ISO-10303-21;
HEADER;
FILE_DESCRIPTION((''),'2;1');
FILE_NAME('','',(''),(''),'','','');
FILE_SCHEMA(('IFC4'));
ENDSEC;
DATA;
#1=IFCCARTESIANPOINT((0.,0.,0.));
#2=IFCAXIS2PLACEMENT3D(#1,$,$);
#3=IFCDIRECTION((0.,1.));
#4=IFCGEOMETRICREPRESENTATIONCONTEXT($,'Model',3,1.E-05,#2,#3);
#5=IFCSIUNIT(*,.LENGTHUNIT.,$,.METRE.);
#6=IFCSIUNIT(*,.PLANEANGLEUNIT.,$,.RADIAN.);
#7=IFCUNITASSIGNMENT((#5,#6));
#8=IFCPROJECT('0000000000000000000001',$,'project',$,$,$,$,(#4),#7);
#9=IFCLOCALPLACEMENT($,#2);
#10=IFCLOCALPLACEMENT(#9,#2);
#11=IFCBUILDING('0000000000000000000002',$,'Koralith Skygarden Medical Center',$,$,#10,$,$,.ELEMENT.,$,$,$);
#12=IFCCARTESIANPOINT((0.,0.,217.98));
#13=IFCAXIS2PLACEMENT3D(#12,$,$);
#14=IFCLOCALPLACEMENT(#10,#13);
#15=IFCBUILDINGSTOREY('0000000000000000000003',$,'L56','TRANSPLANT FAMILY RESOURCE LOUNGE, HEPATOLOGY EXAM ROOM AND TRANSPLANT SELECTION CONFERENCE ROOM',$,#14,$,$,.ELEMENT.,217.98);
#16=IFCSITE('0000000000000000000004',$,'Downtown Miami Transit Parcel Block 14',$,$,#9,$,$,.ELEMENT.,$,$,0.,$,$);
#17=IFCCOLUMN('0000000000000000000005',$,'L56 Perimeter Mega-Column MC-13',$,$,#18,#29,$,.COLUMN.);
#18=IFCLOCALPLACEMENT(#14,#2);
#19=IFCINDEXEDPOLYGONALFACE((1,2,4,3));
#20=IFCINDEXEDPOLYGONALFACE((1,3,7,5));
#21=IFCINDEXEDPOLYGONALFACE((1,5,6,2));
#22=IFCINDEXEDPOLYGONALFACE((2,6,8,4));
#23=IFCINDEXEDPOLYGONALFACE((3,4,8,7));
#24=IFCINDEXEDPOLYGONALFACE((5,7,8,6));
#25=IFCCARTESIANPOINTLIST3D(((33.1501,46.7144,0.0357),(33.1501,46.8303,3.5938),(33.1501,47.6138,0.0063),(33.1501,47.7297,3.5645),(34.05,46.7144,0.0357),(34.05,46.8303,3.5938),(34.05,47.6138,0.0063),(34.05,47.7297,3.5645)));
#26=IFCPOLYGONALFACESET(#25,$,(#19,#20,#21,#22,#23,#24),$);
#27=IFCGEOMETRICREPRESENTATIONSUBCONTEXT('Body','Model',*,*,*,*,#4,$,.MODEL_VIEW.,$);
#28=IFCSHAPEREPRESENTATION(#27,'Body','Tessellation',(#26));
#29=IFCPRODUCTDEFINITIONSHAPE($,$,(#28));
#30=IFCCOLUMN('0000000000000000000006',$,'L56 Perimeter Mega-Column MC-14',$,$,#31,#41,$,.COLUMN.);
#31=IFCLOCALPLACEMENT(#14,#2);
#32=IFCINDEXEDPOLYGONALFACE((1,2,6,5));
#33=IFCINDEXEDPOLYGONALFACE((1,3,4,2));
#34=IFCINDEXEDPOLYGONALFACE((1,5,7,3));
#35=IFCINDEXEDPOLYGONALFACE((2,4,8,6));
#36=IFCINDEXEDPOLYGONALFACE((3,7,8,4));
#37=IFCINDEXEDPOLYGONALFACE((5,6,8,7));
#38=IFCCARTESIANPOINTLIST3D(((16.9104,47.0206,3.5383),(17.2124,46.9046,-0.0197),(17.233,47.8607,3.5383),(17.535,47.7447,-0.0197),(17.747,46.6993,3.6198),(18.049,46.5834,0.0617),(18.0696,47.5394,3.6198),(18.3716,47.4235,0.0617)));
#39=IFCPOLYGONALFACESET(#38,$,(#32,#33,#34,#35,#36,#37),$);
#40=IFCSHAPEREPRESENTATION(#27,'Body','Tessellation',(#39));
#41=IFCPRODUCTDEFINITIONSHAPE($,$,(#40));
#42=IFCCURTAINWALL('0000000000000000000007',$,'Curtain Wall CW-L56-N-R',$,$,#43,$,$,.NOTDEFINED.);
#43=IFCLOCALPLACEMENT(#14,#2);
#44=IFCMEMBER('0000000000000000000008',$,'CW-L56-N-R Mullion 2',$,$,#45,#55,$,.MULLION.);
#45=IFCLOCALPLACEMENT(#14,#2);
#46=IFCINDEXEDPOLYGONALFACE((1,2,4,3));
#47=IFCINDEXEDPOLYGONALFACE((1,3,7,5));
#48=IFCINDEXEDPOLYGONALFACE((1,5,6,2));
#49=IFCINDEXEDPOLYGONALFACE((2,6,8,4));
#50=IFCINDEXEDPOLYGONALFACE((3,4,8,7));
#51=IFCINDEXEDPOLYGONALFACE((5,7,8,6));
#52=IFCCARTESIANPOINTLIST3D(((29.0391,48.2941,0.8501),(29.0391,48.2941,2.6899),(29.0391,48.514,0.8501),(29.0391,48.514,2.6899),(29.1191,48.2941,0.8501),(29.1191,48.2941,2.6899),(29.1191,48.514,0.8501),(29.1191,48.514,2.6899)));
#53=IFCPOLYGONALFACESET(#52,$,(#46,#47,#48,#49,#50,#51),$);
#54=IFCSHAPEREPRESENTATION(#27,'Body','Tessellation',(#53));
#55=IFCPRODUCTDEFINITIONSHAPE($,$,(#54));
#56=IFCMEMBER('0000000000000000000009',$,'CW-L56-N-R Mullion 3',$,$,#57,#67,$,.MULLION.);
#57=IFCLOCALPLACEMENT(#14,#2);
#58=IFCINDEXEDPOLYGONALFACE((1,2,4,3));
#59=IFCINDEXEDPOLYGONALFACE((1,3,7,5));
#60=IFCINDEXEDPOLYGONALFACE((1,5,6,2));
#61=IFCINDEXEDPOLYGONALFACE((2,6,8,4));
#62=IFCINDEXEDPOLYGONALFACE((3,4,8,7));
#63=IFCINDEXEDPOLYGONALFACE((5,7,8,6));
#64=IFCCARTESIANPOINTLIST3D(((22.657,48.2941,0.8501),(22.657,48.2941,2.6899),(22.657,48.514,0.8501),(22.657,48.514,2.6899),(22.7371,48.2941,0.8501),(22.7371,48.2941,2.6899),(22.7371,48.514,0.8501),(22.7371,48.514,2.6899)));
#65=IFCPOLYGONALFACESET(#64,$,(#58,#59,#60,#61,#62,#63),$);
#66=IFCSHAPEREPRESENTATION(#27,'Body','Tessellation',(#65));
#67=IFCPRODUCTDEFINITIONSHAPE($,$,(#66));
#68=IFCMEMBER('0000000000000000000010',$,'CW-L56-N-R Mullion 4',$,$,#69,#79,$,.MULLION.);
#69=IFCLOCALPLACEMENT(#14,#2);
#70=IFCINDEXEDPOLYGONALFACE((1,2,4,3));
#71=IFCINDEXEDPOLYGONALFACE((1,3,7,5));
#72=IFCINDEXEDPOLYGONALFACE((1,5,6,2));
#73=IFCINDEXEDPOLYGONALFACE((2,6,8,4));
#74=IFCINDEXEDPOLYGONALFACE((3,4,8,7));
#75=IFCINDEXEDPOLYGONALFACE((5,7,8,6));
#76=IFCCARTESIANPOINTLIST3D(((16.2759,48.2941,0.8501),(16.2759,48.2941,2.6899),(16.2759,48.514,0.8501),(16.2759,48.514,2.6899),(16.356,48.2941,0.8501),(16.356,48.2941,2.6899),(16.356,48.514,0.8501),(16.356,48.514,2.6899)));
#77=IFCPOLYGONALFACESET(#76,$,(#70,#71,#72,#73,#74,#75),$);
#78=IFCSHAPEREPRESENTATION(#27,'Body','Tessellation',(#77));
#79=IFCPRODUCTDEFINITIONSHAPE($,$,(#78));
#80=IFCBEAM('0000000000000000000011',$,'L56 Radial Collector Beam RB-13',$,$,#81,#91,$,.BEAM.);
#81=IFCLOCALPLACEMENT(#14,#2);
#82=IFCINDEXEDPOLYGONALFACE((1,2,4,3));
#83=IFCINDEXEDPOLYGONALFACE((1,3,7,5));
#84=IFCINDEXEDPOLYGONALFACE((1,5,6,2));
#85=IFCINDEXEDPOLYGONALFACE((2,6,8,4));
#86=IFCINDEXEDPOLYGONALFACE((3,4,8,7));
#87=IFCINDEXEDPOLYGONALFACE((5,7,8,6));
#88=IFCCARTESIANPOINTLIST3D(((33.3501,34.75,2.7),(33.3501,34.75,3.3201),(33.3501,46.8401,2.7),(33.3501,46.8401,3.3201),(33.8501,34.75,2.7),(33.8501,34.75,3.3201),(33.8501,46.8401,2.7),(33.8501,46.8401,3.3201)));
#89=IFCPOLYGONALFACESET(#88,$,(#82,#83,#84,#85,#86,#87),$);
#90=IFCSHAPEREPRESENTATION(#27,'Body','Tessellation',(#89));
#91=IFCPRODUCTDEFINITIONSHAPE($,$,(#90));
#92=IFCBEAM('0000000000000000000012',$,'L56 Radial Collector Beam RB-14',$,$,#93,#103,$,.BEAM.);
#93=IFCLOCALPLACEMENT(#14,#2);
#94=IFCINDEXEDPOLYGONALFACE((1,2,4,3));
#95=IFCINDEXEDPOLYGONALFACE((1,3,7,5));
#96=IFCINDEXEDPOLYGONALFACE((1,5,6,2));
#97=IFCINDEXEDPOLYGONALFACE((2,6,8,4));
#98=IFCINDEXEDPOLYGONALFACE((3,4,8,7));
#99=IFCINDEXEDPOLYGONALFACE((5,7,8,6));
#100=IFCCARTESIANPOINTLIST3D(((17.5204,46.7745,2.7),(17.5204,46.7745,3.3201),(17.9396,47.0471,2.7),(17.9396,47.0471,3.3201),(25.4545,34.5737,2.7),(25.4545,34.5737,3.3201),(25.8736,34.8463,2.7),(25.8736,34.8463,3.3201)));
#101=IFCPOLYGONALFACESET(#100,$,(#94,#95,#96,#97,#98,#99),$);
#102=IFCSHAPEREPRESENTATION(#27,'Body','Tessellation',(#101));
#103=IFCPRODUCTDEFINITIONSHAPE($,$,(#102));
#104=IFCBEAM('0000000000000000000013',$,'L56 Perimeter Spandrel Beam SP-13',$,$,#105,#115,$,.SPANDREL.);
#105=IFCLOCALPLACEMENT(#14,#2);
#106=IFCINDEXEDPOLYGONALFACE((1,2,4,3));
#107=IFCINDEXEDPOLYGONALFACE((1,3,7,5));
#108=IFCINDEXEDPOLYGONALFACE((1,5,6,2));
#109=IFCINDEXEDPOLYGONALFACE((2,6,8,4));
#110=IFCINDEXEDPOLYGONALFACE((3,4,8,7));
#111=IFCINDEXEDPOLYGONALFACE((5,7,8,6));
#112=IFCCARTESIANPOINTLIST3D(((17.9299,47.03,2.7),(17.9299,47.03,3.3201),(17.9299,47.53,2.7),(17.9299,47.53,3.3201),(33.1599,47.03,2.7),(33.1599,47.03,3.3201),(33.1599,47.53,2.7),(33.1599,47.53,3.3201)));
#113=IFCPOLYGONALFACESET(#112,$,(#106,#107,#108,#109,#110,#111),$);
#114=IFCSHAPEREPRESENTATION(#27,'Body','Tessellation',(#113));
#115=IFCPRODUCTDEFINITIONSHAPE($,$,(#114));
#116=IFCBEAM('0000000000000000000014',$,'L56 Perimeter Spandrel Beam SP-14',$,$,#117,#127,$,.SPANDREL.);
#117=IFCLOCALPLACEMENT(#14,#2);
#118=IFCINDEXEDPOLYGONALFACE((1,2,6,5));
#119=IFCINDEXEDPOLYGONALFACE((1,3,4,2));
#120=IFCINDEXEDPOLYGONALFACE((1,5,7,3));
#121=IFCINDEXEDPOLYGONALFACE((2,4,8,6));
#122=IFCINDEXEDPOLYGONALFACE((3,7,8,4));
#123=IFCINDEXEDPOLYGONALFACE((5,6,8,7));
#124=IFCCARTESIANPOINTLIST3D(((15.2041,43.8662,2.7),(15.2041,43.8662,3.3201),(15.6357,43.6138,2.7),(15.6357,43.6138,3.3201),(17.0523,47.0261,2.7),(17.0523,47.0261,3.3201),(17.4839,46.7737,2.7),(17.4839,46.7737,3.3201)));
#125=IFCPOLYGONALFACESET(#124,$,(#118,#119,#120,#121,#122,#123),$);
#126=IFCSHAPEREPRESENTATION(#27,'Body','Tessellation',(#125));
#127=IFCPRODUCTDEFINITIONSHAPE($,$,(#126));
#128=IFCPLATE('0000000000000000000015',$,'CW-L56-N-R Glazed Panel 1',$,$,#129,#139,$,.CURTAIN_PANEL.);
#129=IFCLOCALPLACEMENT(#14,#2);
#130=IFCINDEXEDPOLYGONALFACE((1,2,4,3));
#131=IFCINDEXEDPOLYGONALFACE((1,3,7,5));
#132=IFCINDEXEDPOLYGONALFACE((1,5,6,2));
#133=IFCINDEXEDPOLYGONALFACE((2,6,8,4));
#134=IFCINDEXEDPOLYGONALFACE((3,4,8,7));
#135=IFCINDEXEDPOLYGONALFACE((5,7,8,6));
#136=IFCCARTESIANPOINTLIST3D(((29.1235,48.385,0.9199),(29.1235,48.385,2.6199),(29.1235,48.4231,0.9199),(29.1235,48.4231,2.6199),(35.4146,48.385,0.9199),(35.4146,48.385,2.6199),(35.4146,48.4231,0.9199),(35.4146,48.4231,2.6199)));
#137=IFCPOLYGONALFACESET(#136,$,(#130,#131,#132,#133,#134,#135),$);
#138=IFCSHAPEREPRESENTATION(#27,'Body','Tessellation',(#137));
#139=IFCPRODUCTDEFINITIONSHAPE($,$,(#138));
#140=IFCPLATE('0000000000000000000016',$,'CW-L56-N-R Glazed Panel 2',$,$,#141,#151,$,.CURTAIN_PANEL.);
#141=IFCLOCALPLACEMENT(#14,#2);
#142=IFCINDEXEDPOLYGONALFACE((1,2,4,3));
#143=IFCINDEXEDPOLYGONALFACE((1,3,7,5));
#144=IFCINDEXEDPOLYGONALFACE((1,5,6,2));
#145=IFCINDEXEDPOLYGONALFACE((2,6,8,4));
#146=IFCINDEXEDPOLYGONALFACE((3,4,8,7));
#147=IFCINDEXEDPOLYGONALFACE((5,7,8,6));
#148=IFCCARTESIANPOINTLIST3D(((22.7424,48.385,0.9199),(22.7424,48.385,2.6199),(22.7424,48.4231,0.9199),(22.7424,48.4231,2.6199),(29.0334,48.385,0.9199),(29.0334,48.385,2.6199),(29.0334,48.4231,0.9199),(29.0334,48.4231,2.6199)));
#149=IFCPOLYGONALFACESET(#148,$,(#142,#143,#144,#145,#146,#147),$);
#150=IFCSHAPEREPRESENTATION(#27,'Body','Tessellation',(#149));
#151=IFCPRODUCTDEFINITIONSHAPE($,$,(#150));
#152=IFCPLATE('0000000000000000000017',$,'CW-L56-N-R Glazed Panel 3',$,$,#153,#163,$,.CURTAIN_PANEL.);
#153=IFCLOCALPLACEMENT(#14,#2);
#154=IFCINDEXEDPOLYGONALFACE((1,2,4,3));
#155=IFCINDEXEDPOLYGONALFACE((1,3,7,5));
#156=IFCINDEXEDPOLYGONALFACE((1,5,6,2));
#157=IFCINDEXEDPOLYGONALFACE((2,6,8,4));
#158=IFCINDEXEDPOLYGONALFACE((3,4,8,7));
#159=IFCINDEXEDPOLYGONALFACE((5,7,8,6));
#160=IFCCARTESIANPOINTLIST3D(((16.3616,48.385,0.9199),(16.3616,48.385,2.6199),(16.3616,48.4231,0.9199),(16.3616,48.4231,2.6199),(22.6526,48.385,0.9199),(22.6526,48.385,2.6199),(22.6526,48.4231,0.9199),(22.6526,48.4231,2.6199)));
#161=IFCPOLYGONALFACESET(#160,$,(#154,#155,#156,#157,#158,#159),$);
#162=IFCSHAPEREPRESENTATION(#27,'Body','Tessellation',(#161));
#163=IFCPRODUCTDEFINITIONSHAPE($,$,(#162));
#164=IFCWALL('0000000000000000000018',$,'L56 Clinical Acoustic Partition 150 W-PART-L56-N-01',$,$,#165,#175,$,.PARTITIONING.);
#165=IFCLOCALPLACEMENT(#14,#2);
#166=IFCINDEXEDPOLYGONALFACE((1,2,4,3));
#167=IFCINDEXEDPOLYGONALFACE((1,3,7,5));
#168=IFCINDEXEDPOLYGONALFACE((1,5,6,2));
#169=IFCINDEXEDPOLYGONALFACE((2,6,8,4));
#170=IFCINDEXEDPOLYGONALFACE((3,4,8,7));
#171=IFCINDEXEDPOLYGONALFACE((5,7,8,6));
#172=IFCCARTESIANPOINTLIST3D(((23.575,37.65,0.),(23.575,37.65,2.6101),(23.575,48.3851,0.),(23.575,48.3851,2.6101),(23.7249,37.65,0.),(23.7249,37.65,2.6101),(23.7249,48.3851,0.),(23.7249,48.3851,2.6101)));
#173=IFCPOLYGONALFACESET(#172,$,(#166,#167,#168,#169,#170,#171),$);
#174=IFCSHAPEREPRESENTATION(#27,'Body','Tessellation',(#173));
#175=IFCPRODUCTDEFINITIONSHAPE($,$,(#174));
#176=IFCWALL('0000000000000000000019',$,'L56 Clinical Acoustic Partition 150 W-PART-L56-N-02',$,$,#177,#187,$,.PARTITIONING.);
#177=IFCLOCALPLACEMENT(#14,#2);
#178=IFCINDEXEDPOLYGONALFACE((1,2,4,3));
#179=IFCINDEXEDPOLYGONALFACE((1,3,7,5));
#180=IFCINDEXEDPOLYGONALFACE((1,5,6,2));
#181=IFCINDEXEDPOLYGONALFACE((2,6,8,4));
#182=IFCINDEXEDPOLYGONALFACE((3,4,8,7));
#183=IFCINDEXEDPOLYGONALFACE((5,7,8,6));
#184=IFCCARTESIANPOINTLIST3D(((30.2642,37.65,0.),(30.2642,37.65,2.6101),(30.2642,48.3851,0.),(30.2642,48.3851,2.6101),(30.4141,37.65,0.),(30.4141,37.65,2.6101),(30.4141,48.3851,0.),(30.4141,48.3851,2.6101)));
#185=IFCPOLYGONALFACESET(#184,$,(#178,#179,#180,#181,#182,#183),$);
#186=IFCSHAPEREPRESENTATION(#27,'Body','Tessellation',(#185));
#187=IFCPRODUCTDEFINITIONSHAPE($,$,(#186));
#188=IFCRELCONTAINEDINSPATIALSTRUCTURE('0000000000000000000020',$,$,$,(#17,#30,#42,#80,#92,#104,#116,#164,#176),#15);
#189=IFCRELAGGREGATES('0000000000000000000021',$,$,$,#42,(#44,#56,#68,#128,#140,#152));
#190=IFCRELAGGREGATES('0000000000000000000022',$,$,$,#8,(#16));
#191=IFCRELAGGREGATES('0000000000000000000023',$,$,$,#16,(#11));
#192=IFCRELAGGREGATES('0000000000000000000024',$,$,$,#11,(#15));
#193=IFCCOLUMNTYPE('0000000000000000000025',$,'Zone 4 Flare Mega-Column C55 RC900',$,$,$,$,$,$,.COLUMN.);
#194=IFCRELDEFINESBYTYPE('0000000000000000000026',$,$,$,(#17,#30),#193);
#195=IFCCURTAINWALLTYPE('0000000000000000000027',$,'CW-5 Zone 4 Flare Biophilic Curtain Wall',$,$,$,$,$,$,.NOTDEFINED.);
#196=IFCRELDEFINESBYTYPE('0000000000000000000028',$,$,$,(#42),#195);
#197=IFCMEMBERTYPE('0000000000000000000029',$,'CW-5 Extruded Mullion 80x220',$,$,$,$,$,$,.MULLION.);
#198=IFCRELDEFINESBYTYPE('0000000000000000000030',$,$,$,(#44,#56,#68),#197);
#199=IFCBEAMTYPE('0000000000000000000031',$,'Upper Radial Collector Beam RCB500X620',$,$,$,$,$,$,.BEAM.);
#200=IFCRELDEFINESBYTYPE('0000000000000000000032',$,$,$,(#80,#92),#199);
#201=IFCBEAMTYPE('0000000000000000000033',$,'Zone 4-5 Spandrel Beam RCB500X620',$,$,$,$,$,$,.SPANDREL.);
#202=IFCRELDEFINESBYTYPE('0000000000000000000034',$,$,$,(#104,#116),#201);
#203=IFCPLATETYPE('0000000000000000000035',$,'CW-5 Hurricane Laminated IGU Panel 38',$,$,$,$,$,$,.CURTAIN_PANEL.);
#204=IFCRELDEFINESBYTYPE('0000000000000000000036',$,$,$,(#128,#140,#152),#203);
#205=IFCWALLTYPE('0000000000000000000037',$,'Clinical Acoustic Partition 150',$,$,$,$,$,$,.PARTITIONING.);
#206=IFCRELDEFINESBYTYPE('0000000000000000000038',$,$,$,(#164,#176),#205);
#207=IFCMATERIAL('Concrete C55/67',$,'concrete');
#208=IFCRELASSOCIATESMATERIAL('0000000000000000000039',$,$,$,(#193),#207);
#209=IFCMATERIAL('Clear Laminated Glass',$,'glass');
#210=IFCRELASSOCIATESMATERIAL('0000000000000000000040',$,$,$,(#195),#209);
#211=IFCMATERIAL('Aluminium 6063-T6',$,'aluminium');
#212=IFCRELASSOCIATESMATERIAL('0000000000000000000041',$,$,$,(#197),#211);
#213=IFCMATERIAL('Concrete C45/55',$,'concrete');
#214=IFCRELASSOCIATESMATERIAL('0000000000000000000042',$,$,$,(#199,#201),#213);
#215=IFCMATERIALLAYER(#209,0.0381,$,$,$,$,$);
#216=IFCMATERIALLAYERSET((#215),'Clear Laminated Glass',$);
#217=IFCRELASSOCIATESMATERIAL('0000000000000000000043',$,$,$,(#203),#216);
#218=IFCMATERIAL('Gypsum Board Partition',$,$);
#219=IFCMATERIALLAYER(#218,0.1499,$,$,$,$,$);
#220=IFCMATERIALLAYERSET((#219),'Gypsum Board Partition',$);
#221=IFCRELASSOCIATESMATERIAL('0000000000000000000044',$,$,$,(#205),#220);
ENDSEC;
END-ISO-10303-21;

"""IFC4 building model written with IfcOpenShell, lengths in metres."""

from ifc_helpers import new_model, si_unit, direction, frame, frame_2d, origin, origin_2d, place, context, subcontext, project, spatial, rectangle, extrude, material, layer, layer_set, material_profile, profile_set, type_object, element, aggregate, save


model = new_model("IFC4")

# Units and contexts
model_context = context("Model", 3, precision=1e-05, world=origin(), true_north=direction((0.0, 1.0)))
body_context = subcontext(model_context, "Body", "Model", "MODEL_VIEW")
ifc_project = project(units=[si_unit("LENGTHUNIT", "METRE"), si_unit("PLANEANGLEUNIT", "RADIAN")], contexts=[model_context])

# Site, building, storey
site_placement = place(None, origin())
site = spatial("IfcSite", under=ifc_project, at=site_placement, Name="Downtown Miami Transit Parcel Block 14", CompositionType="ELEMENT", RefElevation=0.0)
building_placement = place(site_placement, origin())
building = spatial("IfcBuilding", under=site, at=building_placement, Name="Koralith Skygarden Medical Center", CompositionType="ELEMENT")
storey_placement = place(building_placement, frame((0.0, 0.0, 217.98)))
storey = spatial("IfcBuildingStorey", under=building, at=storey_placement, Name="L56", Description="TRANSPLANT FAMILY RESOURCE LOUNGE, HEPATOLOGY EXAM ROOM AND TRANSPLANT SELECTION CONFERENCE ROOM", CompositionType="ELEMENT", Elevation=217.98)

# Columns
ifc_material_1 = material(Name="Concrete C55/67", Category="concrete")
ifc_material_profile_1 = material_profile(ifc_material_1, rectangle(XDim=0.8999, YDim=0.8999, at=origin_2d()), Name="RC900X900")
ifc_profile_set_1 = profile_set([ifc_material_profile_1], Name="Concrete C55/67")
column_type = type_object("IfcColumnType", Name="Zone 4 Flare Mega-Column C55 RC900", PredefinedType="COLUMN", material=ifc_profile_set_1)
column_1_placement = place(storey_placement, frame((33.6001, 47.1641, 0.021), z_axis=(0.0, 0.032575, 0.999469), x_axis=(-1.0, 0.0, 0.0)))
element("IfcColumn", 1, at=column_1_placement, inside=storey, type_object=column_type, Name="L56 Perimeter Mega-Column MC-13", PredefinedType="COLUMN", context=body_context, shape_type="SweptSolid", body=[
    extrude(rectangle(XDim=0.8999, YDim=0.8999, at=origin_2d()), origin(), (0.0, 0.0, 1.0), 3.5601),
])
column_2_placement = place(storey_placement, frame((17.792, 47.1641, 0.021), z_axis=(-0.084529, 0.032458, 0.995892), x_axis=(-0.358473, -0.93354, 0.0)))
element("IfcColumn", 2, at=column_2_placement, inside=storey, type_object=column_type, Name="L56 Perimeter Mega-Column MC-14", PredefinedType="COLUMN", context=body_context, shape_type="SweptSolid", body=[
    extrude(rectangle(XDim=0.8999, YDim=0.8999, at=origin_2d()), origin(), (0.0, 0.0, 1.0), 3.5728),
])

# Curtain wall, members
ifc_material_2 = material(Name="Clear Laminated Glass", Category="glass")
curtain_wall_type = type_object("IfcCurtainWallType", Name="CW-5 Zone 4 Flare Biophilic Curtain Wall", PredefinedType="NOTDEFINED", material=ifc_material_2)
curtain_wall_placement = place(storey_placement, origin())
curtain_wall = element("IfcCurtainWall", 3, at=curtain_wall_placement, inside=storey, type_object=curtain_wall_type, Name="Curtain Wall CW-L56-N-R", PredefinedType="NOTDEFINED")
ifc_material_3 = material(Name="Aluminium 6063-T6", Category="aluminium")
ifc_material_profile_2 = material_profile(ifc_material_3, rectangle(XDim=0.0801, YDim=0.22, at=origin_2d()), Name="MUL80X220")
ifc_profile_set_2 = profile_set([ifc_material_profile_2], Name="Aluminium 6063-T6")
member_type = type_object("IfcMemberType", Name="CW-5 Extruded Mullion 80x220", PredefinedType="MULLION", material=ifc_profile_set_2)
member_1_placement = place(storey_placement, frame((29.0791, 48.4041, 0.8501), z_axis=(0.0, 0.0, 1.0), x_axis=(1.0, 0.0, 0.0)))
member_1 = element("IfcMember", 4, at=member_1_placement, type_object=member_type, Name="CW-L56-N-R Mullion 2", PredefinedType="MULLION", context=body_context, shape_type="SweptSolid", body=[
    extrude(rectangle(XDim=0.0801, YDim=0.22, at=origin_2d()), origin(), (0.0, 0.0, 1.0), 1.8398),
])
member_2_placement = place(storey_placement, frame((22.697, 48.4041, 0.8501), z_axis=(0.0, 0.0, 1.0), x_axis=(1.0, 0.0, 0.0)))
member_2 = element("IfcMember", 5, at=member_2_placement, type_object=member_type, Name="CW-L56-N-R Mullion 3", PredefinedType="MULLION", context=body_context, shape_type="SweptSolid", body=[
    extrude(rectangle(XDim=0.0801, YDim=0.22, at=origin_2d()), origin(), (0.0, 0.0, 1.0), 1.8398),
])
member_3_placement = place(storey_placement, frame((16.3159, 48.4041, 0.8501), z_axis=(0.0, 0.0, 1.0), x_axis=(1.0, 0.0, 0.0)))
member_3 = element("IfcMember", 6, at=member_3_placement, type_object=member_type, Name="CW-L56-N-R Mullion 4", PredefinedType="MULLION", context=body_context, shape_type="SweptSolid", body=[
    extrude(rectangle(XDim=0.0801, YDim=0.22, at=origin_2d()), origin(), (0.0, 0.0, 1.0), 1.8398),
])

# Beams
ifc_material_4 = material(Name="Concrete C45/55", Category="concrete")
ifc_material_profile_3 = material_profile(ifc_material_4, rectangle(XDim=0.5, YDim=0.6201, at=origin_2d()), Name="RCB500X620")
ifc_profile_set_3 = profile_set([ifc_material_profile_3], Name="Concrete C45/55")
beam_type_1 = type_object("IfcBeamType", Name="Upper Radial Collector Beam RCB500X620", PredefinedType="BEAM", material=ifc_profile_set_3)
beam_1_placement = place(storey_placement, frame((33.6001, 34.75, 3.01), z_axis=(0.0, 1.0, 0.0), x_axis=(-1.0, 0.0, 0.0)))
element("IfcBeam", 7, at=beam_1_placement, inside=storey, type_object=beam_type_1, Name="L56 Radial Collector Beam RB-13", PredefinedType="BEAM", context=body_context, shape_type="SweptSolid", body=[
    extrude(rectangle(XDim=0.5, YDim=0.6201, at=origin_2d()), origin(), (0.0, 0.0, 1.0), 12.0901),
])
beam_2_placement = place(storey_placement, frame((25.6641, 34.71, 3.01), z_axis=(-0.545156, 0.838334, 0.0), x_axis=(-0.838334, -0.545156, 0.0)))
element("IfcBeam", 8, at=beam_2_placement, inside=storey, type_object=beam_type_1, Name="L56 Radial Collector Beam RB-14", PredefinedType="BEAM", context=body_context, shape_type="SweptSolid", body=[
    extrude(rectangle(XDim=0.5, YDim=0.6201, at=origin_2d()), origin(), (0.0, 0.0, 1.0), 14.5537),
])
ifc_material_profile_4 = material_profile(ifc_material_4, rectangle(XDim=0.5, YDim=0.6201, at=origin_2d()), Name="RCB500X620")
ifc_profile_set_4 = profile_set([ifc_material_profile_4], Name="Concrete C45/55")
beam_type_2 = type_object("IfcBeamType", Name="Zone 4-5 Spandrel Beam RCB500X620", PredefinedType="SPANDREL", material=ifc_profile_set_4)
beam_3_placement = place(storey_placement, frame((33.1599, 47.28, 3.01), z_axis=(-1.0, 0.0, 0.0), x_axis=(0.0, -1.0, 0.0)))
element("IfcBeam", 9, at=beam_3_placement, inside=storey, type_object=beam_type_2, Name="L56 Perimeter Spandrel Beam SP-13", PredefinedType="SPANDREL", context=body_context, shape_type="SweptSolid", body=[
    extrude(rectangle(XDim=0.5, YDim=0.6201, at=origin_2d()), origin(), (0.0, 0.0, 1.0), 15.23),
])
beam_4_placement = place(storey_placement, frame((17.2681, 46.8999, 3.01), z_axis=(-0.504862, -0.8632, 0.0), x_axis=(0.8632, -0.504862, 0.0)))
element("IfcBeam", 10, at=beam_4_placement, inside=storey, type_object=beam_type_2, Name="L56 Perimeter Spandrel Beam SP-14", PredefinedType="SPANDREL", context=body_context, shape_type="SweptSolid", body=[
    extrude(rectangle(XDim=0.5, YDim=0.6201, at=origin_2d()), origin(), (0.0, 0.0, 1.0), 3.6606),
])

# Plates
ifc_layer_1 = layer(ifc_material_2, 0.0381)
ifc_layer_set_1 = layer_set([ifc_layer_1], Name="Clear Laminated Glass")
plate_type = type_object("IfcPlateType", Name="CW-5 Hurricane Laminated IGU Panel 38", PredefinedType="CURTAIN_PANEL", material=ifc_layer_set_1)
plate_1_placement = place(storey_placement, frame((32.269, 48.4041, 0.9199), z_axis=(0.0, 0.0, 1.0), x_axis=(-1.0, 0.0, 0.0)))
plate_1 = element("IfcPlate", 11, at=plate_1_placement, type_object=plate_type, Name="CW-L56-N-R Glazed Panel 1", PredefinedType="CURTAIN_PANEL", context=body_context, shape_type="SweptSolid", body=[
    extrude(rectangle(XDim=6.291, YDim=0.0381, at=origin_2d()), origin(), (0.0, 0.0, 1.0), 1.7),
])
plate_2_placement = place(storey_placement, frame((25.8879, 48.4041, 0.9199), z_axis=(0.0, 0.0, 1.0), x_axis=(-1.0, 0.0, 0.0)))
plate_2 = element("IfcPlate", 12, at=plate_2_placement, type_object=plate_type, Name="CW-L56-N-R Glazed Panel 2", PredefinedType="CURTAIN_PANEL", context=body_context, shape_type="SweptSolid", body=[
    extrude(rectangle(XDim=6.291, YDim=0.0381, at=origin_2d()), origin(), (0.0, 0.0, 1.0), 1.7),
])
plate_3_placement = place(storey_placement, frame((19.5071, 48.4041, 0.9199), z_axis=(0.0, 0.0, 1.0), x_axis=(-1.0, 0.0, 0.0)))
plate_3 = element("IfcPlate", 13, at=plate_3_placement, type_object=plate_type, Name="CW-L56-N-R Glazed Panel 3", PredefinedType="CURTAIN_PANEL", context=body_context, shape_type="SweptSolid", body=[
    extrude(rectangle(XDim=6.291, YDim=0.0381, at=origin_2d()), origin(), (0.0, 0.0, 1.0), 1.7),
])
aggregate(curtain_wall, [member_1, member_2, member_3, plate_1, plate_2, plate_3])

# Walls
ifc_material_5 = material(Name="Gypsum Board Partition")
ifc_layer_2 = layer(ifc_material_5, 0.1499)
ifc_layer_set_2 = layer_set([ifc_layer_2], Name="Gypsum Board Partition")
wall_type_1 = type_object("IfcWallType", Name="Clinical Acoustic Partition 150", PredefinedType="PARTITIONING", material=ifc_layer_set_2)
for number, where, z_axis, x_axis, name in (
    (14, (23.6499, 37.6499, 0.0), (0.0, 0.0, 1.0), (0.0, 1.0, 0.0), "L56 Clinical Acoustic Partition 150 W-PART-L56-N-01"),
    (15, (30.3391, 37.6499, 0.0), (0.0, 0.0, 1.0), (0.0, 1.0, 0.0), "L56 Clinical Acoustic Partition 150 W-PART-L56-N-02"),
):
    element("IfcWall", number, at=place(storey_placement, frame(where, z_axis=z_axis, x_axis=x_axis)), inside=storey, type_object=wall_type_1, Name=name, PredefinedType="PARTITIONING", context=body_context, shape_type="SweptSolid", body=[
        extrude(rectangle(XDim=10.7351, YDim=0.1499, at=frame_2d((5.3677, 0.0))), origin(), (0.0, 0.0, 1.0), 2.6101),
    ])

save(model, "model.ifc")
